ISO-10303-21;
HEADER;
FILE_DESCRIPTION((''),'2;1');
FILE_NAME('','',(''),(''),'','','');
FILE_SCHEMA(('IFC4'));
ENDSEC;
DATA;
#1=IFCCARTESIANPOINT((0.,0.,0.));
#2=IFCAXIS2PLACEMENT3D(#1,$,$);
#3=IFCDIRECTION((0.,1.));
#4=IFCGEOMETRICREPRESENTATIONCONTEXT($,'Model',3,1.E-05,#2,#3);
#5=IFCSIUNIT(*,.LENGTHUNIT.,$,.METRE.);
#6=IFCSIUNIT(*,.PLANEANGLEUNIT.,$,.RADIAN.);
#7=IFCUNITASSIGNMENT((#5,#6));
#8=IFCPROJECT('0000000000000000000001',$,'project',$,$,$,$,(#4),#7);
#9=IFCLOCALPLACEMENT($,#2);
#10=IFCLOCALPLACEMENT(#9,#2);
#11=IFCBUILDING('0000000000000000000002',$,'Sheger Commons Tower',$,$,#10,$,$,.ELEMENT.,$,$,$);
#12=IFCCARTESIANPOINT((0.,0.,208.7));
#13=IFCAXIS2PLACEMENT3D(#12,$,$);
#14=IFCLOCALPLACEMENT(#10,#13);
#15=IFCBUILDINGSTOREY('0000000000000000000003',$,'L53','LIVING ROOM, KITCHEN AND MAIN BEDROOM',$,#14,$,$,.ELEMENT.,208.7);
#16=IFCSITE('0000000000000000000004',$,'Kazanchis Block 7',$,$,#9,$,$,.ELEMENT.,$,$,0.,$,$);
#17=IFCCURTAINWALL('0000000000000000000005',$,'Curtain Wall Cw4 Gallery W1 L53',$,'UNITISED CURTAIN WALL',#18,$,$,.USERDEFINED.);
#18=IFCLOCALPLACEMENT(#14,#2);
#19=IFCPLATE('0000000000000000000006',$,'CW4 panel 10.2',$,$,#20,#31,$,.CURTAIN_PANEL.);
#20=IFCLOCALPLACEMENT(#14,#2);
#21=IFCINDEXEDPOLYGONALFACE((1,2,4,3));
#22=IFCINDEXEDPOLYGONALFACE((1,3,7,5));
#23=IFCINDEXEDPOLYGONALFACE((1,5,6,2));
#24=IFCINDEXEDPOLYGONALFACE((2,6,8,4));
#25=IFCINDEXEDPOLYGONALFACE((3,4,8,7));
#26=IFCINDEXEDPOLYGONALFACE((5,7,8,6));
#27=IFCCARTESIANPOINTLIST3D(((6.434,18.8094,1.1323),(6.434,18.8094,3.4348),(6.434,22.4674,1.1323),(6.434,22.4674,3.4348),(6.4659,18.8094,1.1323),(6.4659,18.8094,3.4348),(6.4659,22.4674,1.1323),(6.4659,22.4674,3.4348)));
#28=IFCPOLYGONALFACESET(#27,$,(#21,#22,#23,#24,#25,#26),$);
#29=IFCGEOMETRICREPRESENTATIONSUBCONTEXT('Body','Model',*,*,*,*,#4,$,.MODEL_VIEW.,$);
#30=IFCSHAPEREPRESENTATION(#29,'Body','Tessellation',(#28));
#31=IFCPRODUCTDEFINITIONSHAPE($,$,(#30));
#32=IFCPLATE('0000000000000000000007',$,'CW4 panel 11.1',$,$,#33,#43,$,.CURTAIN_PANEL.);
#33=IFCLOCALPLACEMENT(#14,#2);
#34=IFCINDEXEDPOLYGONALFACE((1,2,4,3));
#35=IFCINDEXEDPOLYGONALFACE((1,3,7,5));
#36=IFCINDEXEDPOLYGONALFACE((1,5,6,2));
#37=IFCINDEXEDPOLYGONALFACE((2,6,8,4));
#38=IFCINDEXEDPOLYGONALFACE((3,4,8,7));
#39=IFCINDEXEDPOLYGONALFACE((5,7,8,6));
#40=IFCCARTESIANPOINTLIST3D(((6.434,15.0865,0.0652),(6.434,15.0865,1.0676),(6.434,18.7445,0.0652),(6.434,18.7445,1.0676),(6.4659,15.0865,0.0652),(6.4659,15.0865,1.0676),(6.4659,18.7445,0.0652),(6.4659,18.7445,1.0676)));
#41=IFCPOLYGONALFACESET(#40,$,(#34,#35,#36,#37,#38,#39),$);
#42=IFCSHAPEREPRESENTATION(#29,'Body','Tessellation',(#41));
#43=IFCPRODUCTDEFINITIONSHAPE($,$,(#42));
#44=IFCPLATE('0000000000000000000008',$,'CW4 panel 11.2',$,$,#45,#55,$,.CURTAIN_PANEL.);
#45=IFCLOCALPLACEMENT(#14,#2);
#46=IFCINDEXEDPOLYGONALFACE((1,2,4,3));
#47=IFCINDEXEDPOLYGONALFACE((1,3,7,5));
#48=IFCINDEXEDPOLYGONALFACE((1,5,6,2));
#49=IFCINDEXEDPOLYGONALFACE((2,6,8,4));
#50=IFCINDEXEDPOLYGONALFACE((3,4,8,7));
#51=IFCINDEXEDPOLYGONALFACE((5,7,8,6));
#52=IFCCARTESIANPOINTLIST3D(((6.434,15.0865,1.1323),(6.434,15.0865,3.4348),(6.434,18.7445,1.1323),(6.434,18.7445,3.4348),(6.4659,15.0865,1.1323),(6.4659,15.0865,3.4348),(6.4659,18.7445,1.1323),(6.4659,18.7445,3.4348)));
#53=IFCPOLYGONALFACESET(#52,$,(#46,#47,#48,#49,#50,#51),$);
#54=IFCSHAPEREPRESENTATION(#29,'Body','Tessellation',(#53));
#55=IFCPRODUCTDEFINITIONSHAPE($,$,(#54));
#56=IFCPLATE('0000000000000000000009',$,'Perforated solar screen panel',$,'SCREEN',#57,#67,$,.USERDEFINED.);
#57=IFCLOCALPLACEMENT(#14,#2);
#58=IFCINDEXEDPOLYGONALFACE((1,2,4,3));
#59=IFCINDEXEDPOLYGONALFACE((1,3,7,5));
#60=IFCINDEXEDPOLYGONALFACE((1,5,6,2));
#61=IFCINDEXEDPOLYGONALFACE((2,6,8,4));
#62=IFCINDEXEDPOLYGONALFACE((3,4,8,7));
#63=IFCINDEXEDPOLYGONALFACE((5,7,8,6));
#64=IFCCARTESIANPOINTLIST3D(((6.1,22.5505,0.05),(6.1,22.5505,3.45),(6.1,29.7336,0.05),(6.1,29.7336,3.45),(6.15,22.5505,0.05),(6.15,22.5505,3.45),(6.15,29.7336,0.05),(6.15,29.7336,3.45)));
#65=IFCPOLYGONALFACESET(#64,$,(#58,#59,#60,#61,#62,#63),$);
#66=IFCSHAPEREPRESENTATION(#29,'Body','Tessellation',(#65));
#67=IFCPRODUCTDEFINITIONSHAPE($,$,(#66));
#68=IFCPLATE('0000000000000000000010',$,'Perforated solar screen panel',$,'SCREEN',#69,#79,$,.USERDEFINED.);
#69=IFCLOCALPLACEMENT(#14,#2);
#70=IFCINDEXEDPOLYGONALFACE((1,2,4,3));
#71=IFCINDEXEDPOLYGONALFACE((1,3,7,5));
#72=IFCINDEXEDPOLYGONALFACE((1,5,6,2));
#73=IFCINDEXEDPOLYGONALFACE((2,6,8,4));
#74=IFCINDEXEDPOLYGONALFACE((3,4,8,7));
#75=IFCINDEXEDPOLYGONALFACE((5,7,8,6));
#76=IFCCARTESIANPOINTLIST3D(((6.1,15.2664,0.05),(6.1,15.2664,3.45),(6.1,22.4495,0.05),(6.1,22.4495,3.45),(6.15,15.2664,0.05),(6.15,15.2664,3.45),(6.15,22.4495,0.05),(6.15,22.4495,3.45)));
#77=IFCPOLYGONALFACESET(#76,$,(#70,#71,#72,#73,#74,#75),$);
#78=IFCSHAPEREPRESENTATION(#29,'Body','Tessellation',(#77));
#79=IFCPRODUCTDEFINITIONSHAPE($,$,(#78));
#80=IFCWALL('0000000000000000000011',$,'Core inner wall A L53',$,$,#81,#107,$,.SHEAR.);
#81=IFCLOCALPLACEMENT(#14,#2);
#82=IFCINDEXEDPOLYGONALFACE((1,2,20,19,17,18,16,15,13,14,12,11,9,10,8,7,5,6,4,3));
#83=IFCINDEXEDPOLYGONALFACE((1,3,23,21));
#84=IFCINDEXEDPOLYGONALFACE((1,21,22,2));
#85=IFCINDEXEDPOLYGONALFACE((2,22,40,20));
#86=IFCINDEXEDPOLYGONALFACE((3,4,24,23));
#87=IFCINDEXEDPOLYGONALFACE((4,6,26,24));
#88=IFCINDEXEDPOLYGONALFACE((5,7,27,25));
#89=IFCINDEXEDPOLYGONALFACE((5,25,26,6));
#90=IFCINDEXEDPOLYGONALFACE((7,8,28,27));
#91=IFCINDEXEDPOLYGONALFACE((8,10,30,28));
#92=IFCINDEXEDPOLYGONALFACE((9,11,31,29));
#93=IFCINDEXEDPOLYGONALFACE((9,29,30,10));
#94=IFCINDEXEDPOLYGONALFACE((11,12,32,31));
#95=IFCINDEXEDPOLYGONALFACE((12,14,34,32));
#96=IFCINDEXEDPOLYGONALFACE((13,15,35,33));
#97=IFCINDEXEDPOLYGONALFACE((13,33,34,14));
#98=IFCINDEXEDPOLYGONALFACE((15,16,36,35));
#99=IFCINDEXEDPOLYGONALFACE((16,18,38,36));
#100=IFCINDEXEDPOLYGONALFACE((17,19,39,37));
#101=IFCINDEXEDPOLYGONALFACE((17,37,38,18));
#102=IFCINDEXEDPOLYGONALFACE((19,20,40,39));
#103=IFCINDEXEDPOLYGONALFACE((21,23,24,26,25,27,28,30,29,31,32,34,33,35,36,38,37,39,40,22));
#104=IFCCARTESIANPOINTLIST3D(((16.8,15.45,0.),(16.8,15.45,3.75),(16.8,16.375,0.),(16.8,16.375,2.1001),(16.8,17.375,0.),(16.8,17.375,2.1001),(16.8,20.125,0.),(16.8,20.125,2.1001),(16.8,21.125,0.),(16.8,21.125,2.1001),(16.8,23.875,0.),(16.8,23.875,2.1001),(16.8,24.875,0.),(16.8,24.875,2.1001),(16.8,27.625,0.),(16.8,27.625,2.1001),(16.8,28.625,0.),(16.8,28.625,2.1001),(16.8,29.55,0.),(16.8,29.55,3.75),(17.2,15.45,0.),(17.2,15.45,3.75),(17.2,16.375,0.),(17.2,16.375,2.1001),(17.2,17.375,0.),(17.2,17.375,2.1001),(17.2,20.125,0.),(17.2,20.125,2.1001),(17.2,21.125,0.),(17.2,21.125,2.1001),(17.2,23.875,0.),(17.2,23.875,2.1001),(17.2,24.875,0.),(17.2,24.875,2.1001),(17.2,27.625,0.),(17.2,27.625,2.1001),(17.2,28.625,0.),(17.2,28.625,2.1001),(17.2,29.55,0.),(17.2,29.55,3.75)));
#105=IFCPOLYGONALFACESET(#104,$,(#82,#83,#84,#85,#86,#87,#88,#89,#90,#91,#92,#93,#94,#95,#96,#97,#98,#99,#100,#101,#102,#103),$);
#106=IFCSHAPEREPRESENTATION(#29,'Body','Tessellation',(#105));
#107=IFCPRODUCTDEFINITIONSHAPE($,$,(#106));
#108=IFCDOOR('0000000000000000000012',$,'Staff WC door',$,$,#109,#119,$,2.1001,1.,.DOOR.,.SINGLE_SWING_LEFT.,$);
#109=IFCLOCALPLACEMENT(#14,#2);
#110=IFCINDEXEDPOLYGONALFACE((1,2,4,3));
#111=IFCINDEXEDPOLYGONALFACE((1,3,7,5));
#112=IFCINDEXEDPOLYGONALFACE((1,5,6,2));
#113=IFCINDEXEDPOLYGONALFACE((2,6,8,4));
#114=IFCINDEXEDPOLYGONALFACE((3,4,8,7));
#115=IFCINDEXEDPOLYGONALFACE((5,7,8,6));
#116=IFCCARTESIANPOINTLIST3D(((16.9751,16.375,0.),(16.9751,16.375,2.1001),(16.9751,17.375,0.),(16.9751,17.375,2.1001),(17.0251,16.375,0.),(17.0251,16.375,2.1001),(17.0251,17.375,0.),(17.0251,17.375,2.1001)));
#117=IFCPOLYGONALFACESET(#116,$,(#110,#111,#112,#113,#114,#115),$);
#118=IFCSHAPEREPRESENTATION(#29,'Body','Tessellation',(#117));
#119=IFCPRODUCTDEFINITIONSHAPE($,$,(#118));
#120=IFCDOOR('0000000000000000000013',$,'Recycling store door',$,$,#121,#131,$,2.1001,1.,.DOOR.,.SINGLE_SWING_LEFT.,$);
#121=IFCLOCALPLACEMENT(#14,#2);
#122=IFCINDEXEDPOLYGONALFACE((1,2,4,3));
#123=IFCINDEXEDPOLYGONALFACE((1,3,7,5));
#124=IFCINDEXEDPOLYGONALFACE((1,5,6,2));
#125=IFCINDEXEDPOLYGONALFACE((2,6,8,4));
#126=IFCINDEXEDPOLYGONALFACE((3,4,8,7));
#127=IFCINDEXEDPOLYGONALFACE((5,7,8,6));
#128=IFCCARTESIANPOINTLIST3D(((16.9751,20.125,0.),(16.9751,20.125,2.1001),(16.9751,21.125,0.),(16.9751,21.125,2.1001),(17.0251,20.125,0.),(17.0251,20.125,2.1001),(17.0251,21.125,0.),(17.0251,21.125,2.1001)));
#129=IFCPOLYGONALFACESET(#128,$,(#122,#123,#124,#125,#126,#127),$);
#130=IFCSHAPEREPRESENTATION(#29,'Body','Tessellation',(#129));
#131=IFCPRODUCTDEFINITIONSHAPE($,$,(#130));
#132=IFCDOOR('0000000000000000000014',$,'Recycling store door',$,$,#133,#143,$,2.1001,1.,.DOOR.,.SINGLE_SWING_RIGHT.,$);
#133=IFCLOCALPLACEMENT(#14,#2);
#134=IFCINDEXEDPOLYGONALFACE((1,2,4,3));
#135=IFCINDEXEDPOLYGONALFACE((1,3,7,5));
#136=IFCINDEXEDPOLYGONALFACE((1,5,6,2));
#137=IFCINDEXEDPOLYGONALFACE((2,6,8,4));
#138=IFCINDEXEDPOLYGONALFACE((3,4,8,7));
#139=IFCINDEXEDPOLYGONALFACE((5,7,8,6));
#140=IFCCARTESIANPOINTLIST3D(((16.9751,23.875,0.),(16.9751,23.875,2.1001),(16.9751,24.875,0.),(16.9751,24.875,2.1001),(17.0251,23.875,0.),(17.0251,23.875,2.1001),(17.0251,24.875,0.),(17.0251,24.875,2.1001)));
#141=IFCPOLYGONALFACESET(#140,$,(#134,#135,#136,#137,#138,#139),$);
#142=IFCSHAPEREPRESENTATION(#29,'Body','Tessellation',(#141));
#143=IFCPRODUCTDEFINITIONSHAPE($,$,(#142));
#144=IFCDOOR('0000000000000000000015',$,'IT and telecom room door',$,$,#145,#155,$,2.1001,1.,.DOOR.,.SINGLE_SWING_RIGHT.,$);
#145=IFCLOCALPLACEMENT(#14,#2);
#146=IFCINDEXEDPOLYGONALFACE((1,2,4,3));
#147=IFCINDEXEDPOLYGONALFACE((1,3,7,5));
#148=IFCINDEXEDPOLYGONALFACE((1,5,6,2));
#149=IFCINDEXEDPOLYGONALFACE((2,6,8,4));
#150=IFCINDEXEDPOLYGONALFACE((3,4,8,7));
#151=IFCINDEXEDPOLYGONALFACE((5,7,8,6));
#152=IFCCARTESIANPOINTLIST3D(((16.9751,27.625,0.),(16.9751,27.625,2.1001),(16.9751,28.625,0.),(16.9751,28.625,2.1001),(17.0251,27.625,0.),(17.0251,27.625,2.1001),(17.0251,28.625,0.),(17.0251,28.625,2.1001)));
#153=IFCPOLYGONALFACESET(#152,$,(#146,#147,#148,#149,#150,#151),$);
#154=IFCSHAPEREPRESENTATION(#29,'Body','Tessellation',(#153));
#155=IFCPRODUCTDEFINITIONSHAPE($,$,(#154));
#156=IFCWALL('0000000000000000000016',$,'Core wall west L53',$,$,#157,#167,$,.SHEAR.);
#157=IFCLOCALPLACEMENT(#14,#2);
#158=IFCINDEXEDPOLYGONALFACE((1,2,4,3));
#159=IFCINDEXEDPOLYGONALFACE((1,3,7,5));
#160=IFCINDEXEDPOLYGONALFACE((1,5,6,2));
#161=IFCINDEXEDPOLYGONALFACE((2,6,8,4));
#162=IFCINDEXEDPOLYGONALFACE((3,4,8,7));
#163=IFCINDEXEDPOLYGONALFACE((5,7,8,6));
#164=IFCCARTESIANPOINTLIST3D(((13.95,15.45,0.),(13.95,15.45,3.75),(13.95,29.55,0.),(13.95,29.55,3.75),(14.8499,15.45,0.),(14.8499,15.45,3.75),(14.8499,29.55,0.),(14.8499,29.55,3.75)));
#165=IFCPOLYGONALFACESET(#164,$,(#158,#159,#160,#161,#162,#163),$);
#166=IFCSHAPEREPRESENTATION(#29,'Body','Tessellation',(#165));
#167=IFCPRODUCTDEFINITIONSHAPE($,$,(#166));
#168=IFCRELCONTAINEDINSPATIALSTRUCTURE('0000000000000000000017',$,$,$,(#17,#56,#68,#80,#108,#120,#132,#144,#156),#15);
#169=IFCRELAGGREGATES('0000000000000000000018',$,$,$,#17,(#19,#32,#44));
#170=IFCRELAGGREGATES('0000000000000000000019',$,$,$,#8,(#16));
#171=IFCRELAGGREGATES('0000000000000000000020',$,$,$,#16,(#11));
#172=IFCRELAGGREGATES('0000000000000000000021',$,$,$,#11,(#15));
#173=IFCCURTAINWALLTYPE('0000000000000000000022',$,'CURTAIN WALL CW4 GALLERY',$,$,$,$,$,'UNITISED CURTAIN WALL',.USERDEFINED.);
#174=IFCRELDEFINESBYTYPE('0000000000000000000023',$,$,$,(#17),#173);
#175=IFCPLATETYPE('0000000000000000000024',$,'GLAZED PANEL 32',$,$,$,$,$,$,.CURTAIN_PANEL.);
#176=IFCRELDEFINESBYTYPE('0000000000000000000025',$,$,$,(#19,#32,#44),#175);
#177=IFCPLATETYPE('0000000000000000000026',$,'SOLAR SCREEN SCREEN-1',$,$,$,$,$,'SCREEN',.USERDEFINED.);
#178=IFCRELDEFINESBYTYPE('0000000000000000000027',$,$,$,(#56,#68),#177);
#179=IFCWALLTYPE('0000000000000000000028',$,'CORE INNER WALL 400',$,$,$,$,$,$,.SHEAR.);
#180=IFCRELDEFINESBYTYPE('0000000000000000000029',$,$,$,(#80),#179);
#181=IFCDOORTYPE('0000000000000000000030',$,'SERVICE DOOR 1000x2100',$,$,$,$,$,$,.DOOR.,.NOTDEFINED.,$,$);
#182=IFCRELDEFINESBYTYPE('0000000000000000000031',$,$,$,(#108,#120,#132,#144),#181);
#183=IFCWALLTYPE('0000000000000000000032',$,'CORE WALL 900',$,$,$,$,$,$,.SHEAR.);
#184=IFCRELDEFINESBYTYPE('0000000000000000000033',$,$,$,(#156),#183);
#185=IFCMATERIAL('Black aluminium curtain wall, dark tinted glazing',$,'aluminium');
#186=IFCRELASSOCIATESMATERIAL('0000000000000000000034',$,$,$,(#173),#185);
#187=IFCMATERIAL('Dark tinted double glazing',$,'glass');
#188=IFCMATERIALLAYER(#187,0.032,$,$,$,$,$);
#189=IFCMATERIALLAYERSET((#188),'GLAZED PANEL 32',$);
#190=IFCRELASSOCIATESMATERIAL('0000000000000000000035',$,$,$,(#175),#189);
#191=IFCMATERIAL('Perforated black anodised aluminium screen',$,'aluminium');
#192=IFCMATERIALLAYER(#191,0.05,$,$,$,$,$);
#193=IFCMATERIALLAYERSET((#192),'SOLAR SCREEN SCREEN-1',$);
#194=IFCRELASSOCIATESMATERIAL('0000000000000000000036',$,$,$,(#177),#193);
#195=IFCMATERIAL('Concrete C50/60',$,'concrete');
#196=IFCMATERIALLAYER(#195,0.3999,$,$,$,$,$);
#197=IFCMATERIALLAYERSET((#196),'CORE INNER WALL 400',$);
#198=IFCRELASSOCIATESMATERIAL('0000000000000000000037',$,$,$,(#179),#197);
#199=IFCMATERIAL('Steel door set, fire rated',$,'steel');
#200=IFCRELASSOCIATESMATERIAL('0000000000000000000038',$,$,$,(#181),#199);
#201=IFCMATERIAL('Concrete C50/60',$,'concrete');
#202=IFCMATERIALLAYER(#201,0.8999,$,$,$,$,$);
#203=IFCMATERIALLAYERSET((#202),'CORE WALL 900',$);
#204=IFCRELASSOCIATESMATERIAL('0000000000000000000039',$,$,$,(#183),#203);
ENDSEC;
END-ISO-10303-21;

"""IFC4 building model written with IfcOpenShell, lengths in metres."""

from ifc_helpers import new_model, si_unit, direction, frame, frame_2d, origin, origin_2d, place, context, subcontext, project, spatial, rectangle, extrude, material, layer, layer_set, type_object, element, fill, aggregate, save


model = new_model("IFC4")

# Units and contexts
model_context = context("Model", 3, precision=1e-05, world=origin(), true_north=direction((0.0, 1.0)))
body_context = subcontext(model_context, "Body", "Model", "MODEL_VIEW")
ifc_project = project(units=[si_unit("LENGTHUNIT", "METRE"), si_unit("PLANEANGLEUNIT", "RADIAN")], contexts=[model_context])

# Site, building, storey
site_placement = place(None, origin())
site = spatial("IfcSite", under=ifc_project, at=site_placement, Name="Kazanchis Block 7", CompositionType="ELEMENT", RefElevation=0.0)
building_placement = place(site_placement, origin())
building = spatial("IfcBuilding", under=site, at=building_placement, Name="Sheger Commons Tower", CompositionType="ELEMENT")
storey_placement = place(building_placement, frame((0.0, 0.0, 208.7)))
storey = spatial("IfcBuildingStorey", under=building, at=storey_placement, Name="L53", Description="LIVING ROOM, KITCHEN AND MAIN BEDROOM", CompositionType="ELEMENT", Elevation=208.7)

# Curtain wall
ifc_material_1 = material(Name="Black aluminium curtain wall, dark tinted glazing", Category="aluminium")
curtain_wall_type = type_object("IfcCurtainWallType", Name="CURTAIN WALL CW4 GALLERY", ElementType="UNITISED CURTAIN WALL", PredefinedType="USERDEFINED", material=ifc_material_1)
curtain_wall_placement = place(storey_placement, origin())
curtain_wall = element("IfcCurtainWall", 1, at=curtain_wall_placement, inside=storey, type_object=curtain_wall_type, Name="Curtain Wall Cw4 Gallery W1 L53", ObjectType="UNITISED CURTAIN WALL", PredefinedType="USERDEFINED")

# Plates
ifc_material_2 = material(Name="Dark tinted double glazing", Category="glass")
ifc_layer_1 = layer(ifc_material_2, 0.032)
ifc_layer_set_1 = layer_set([ifc_layer_1], Name="GLAZED PANEL 32")
plate_type_1 = type_object("IfcPlateType", Name="GLAZED PANEL 32", PredefinedType="CURTAIN_PANEL", material=ifc_layer_set_1)
plate_1_placement = place(storey_placement, frame((6.45, 20.6384, 1.1323), z_axis=(0.0, 0.0, 1.0), x_axis=(0.0, -1.0, 0.0)))
plate_1 = element("IfcPlate", 2, at=plate_1_placement, type_object=plate_type_1, Name="CW4 panel 10.2", PredefinedType="CURTAIN_PANEL", context=body_context, shape_type="SweptSolid", body=[
    extrude(rectangle(XDim=3.658, YDim=0.032, at=origin_2d()), origin(), (0.0, 0.0, 1.0), 2.3025),
])
plate_2_placement = place(storey_placement, frame((6.45, 16.9155, 0.0652), z_axis=(0.0, 0.0, 1.0), x_axis=(0.0, -1.0, 0.0)))
plate_2 = element("IfcPlate", 3, at=plate_2_placement, type_object=plate_type_1, Name="CW4 panel 11.1", PredefinedType="CURTAIN_PANEL", context=body_context, shape_type="SweptSolid", body=[
    extrude(rectangle(XDim=3.658, YDim=0.032, at=origin_2d()), origin(), (0.0, 0.0, 1.0), 1.0024),
])
plate_3_placement = place(storey_placement, frame((6.45, 16.9155, 1.1323), z_axis=(0.0, 0.0, 1.0), x_axis=(0.0, -1.0, 0.0)))
plate_3 = element("IfcPlate", 4, at=plate_3_placement, type_object=plate_type_1, Name="CW4 panel 11.2", PredefinedType="CURTAIN_PANEL", context=body_context, shape_type="SweptSolid", body=[
    extrude(rectangle(XDim=3.658, YDim=0.032, at=origin_2d()), origin(), (0.0, 0.0, 1.0), 2.3025),
])
aggregate(curtain_wall, [plate_1, plate_2, plate_3])

# Plates
ifc_material_3 = material(Name="Perforated black anodised aluminium screen", Category="aluminium")
ifc_layer_2 = layer(ifc_material_3, 0.05)
ifc_layer_set_2 = layer_set([ifc_layer_2], Name="SOLAR SCREEN SCREEN-1")
plate_type_2 = type_object("IfcPlateType", Name="SOLAR SCREEN SCREEN-1", ElementType="SCREEN", PredefinedType="USERDEFINED", material=ifc_layer_set_2)
for number, where, z_axis, x_axis, name in (
    (5, (6.125, 26.1421, 0.05), (0.0, 0.0, 1.0), (0.0, -1.0, 0.0), "Perforated solar screen panel"),
    (6, (6.125, 18.8579, 0.05), (0.0, 0.0, 1.0), (0.0, -1.0, 0.0), "Perforated solar screen panel"),
):
    element("IfcPlate", number, at=place(storey_placement, frame(where, z_axis=z_axis, x_axis=x_axis)), inside=storey, type_object=plate_type_2, Name=name, ObjectType="SCREEN", PredefinedType="USERDEFINED", context=body_context, shape_type="SweptSolid", body=[
        extrude(rectangle(XDim=7.1831, YDim=0.05, at=origin_2d()), origin(), (0.0, 0.0, 1.0), 3.3999),
    ])

# Wall, openings, doors
ifc_material_4 = material(Name="Concrete C50/60", Category="concrete")
ifc_layer_3 = layer(ifc_material_4, 0.3999)
ifc_layer_set_3 = layer_set([ifc_layer_3], Name="CORE INNER WALL 400")
wall_type_1 = type_object("IfcWallType", Name="CORE INNER WALL 400", PredefinedType="SHEAR", material=ifc_layer_set_3)
wall_1_placement = place(storey_placement, frame((17.0, 15.45, 0.0), z_axis=(0.0, 0.0, 1.0), x_axis=(0.0, 1.0, 0.0)))
wall_1 = element("IfcWall", 7, at=wall_1_placement, inside=storey, type_object=wall_type_1, Name="Core inner wall A L53", PredefinedType="SHEAR", context=body_context, shape_type="SweptSolid", body=[
    extrude(rectangle(XDim=14.1001, YDim=0.3999, at=frame_2d((7.05, 0.0))), origin(), (0.0, 0.0, 1.0), 3.75),
])
opening_1_placement = place(wall_1_placement, frame((0.925, 0.0, 0.0)))
opening_1 = element("IfcOpeningElement", 8, at=opening_1_placement, cuts=wall_1, PredefinedType="OPENING", context=body_context, shape_type="SweptSolid", body=[
    extrude(rectangle(XDim=1.0, YDim=2.1001, at=frame_2d((0.5, 1.05))), frame((0.0, 0.21, 0.0), z_axis=(0.0, -1.0, 0.0), x_axis=(1.0, 0.0, 0.0)), (0.0, 0.0, 1.0), 0.4199),
])
opening_2_placement = place(wall_1_placement, frame((4.675, 0.0, 0.0)))
opening_2 = element("IfcOpeningElement", 9, at=opening_2_placement, cuts=wall_1, PredefinedType="OPENING", context=body_context, shape_type="SweptSolid", body=[
    extrude(rectangle(XDim=1.0, YDim=2.1001, at=frame_2d((0.5, 1.05))), frame((0.0, 0.21, 0.0), z_axis=(0.0, -1.0, 0.0), x_axis=(1.0, 0.0, 0.0)), (0.0, 0.0, 1.0), 0.4199),
])
opening_3_placement = place(wall_1_placement, frame((8.425, 0.0, 0.0)))
opening_3 = element("IfcOpeningElement", 10, at=opening_3_placement, cuts=wall_1, PredefinedType="OPENING", context=body_context, shape_type="SweptSolid", body=[
    extrude(rectangle(XDim=1.0, YDim=2.1001, at=frame_2d((0.5, 1.05))), frame((0.0, 0.21, 0.0), z_axis=(0.0, -1.0, 0.0), x_axis=(1.0, 0.0, 0.0)), (0.0, 0.0, 1.0), 0.4199),
])
opening_4_placement = place(wall_1_placement, frame((12.175, 0.0, 0.0)))
opening_4 = element("IfcOpeningElement", 11, at=opening_4_placement, cuts=wall_1, PredefinedType="OPENING", context=body_context, shape_type="SweptSolid", body=[
    extrude(rectangle(XDim=1.0, YDim=2.1001, at=frame_2d((0.5, 1.05))), frame((0.0, 0.21, 0.0), z_axis=(0.0, -1.0, 0.0), x_axis=(1.0, 0.0, 0.0)), (0.0, 0.0, 1.0), 0.4199),
])
ifc_material_5 = material(Name="Steel door set, fire rated", Category="steel")
door_type = type_object("IfcDoorType", Name="SERVICE DOOR 1000x2100", OperationType="NOTDEFINED", PredefinedType="DOOR", material=ifc_material_5)
door_1_placement = place(opening_1_placement, origin())
door_1 = element("IfcDoor", 12, at=door_1_placement, inside=storey, type_object=door_type, Name="Staff WC door", OperationType="SINGLE_SWING_LEFT", OverallHeight=2.1001, OverallWidth=1.0, PredefinedType="DOOR", context=body_context, shape_type="SweptSolid", body=[
    extrude(rectangle(XDim=1.0, YDim=2.1001, at=frame_2d((0.5, 1.05))), frame((0.0, 0.0249, 0.0), z_axis=(0.0, -1.0, 0.0), x_axis=(1.0, 0.0, 0.0)), (0.0, 0.0, 1.0), 0.05),
])
fill(opening_1, door_1)
door_2_placement = place(opening_2_placement, origin())
door_2 = element("IfcDoor", 13, at=door_2_placement, inside=storey, type_object=door_type, Name="Recycling store door", OperationType="SINGLE_SWING_LEFT", OverallHeight=2.1001, OverallWidth=1.0, PredefinedType="DOOR", context=body_context, shape_type="SweptSolid", body=[
    extrude(rectangle(XDim=1.0, YDim=2.1001, at=frame_2d((0.5, 1.05))), frame((0.0, 0.0249, 0.0), z_axis=(0.0, -1.0, 0.0), x_axis=(1.0, 0.0, 0.0)), (0.0, 0.0, 1.0), 0.05),
])
fill(opening_2, door_2)
door_3_placement = place(opening_3_placement, origin())
door_3 = element("IfcDoor", 14, at=door_3_placement, inside=storey, type_object=door_type, Name="Recycling store door", OperationType="SINGLE_SWING_RIGHT", OverallHeight=2.1001, OverallWidth=1.0, PredefinedType="DOOR", context=body_context, shape_type="SweptSolid", body=[
    extrude(rectangle(XDim=1.0, YDim=2.1001, at=frame_2d((0.5, 1.05))), frame((0.0, 0.0249, 0.0), z_axis=(0.0, -1.0, 0.0), x_axis=(1.0, 0.0, 0.0)), (0.0, 0.0, 1.0), 0.05),
])
fill(opening_3, door_3)
door_4_placement = place(opening_4_placement, origin())
door_4 = element("IfcDoor", 15, at=door_4_placement, inside=storey, type_object=door_type, Name="IT and telecom room door", OperationType="SINGLE_SWING_RIGHT", OverallHeight=2.1001, OverallWidth=1.0, PredefinedType="DOOR", context=body_context, shape_type="SweptSolid", body=[
    extrude(rectangle(XDim=1.0, YDim=2.1001, at=frame_2d((0.5, 1.05))), frame((0.0, 0.0249, 0.0), z_axis=(0.0, -1.0, 0.0), x_axis=(1.0, 0.0, 0.0)), (0.0, 0.0, 1.0), 0.05),
])
fill(opening_4, door_4)

# Wall
ifc_material_6 = material(Name="Concrete C50/60", Category="concrete")
ifc_layer_4 = layer(ifc_material_6, 0.8999)
ifc_layer_set_4 = layer_set([ifc_layer_4], Name="CORE WALL 900")
wall_type_2 = type_object("IfcWallType", Name="CORE WALL 900", PredefinedType="SHEAR", material=ifc_layer_set_4)
wall_2_placement = place(storey_placement, frame((14.3999, 15.45, 0.0), z_axis=(0.0, 0.0, 1.0), x_axis=(0.0, 1.0, 0.0)))
element("IfcWall", 16, at=wall_2_placement, inside=storey, type_object=wall_type_2, Name="Core wall west L53", PredefinedType="SHEAR", context=body_context, shape_type="SweptSolid", body=[
    extrude(rectangle(XDim=14.1001, YDim=0.8999, at=frame_2d((7.05, 0.0))), origin(), (0.0, 0.0, 1.0), 3.75),
])

save(model, "model.ifc")
